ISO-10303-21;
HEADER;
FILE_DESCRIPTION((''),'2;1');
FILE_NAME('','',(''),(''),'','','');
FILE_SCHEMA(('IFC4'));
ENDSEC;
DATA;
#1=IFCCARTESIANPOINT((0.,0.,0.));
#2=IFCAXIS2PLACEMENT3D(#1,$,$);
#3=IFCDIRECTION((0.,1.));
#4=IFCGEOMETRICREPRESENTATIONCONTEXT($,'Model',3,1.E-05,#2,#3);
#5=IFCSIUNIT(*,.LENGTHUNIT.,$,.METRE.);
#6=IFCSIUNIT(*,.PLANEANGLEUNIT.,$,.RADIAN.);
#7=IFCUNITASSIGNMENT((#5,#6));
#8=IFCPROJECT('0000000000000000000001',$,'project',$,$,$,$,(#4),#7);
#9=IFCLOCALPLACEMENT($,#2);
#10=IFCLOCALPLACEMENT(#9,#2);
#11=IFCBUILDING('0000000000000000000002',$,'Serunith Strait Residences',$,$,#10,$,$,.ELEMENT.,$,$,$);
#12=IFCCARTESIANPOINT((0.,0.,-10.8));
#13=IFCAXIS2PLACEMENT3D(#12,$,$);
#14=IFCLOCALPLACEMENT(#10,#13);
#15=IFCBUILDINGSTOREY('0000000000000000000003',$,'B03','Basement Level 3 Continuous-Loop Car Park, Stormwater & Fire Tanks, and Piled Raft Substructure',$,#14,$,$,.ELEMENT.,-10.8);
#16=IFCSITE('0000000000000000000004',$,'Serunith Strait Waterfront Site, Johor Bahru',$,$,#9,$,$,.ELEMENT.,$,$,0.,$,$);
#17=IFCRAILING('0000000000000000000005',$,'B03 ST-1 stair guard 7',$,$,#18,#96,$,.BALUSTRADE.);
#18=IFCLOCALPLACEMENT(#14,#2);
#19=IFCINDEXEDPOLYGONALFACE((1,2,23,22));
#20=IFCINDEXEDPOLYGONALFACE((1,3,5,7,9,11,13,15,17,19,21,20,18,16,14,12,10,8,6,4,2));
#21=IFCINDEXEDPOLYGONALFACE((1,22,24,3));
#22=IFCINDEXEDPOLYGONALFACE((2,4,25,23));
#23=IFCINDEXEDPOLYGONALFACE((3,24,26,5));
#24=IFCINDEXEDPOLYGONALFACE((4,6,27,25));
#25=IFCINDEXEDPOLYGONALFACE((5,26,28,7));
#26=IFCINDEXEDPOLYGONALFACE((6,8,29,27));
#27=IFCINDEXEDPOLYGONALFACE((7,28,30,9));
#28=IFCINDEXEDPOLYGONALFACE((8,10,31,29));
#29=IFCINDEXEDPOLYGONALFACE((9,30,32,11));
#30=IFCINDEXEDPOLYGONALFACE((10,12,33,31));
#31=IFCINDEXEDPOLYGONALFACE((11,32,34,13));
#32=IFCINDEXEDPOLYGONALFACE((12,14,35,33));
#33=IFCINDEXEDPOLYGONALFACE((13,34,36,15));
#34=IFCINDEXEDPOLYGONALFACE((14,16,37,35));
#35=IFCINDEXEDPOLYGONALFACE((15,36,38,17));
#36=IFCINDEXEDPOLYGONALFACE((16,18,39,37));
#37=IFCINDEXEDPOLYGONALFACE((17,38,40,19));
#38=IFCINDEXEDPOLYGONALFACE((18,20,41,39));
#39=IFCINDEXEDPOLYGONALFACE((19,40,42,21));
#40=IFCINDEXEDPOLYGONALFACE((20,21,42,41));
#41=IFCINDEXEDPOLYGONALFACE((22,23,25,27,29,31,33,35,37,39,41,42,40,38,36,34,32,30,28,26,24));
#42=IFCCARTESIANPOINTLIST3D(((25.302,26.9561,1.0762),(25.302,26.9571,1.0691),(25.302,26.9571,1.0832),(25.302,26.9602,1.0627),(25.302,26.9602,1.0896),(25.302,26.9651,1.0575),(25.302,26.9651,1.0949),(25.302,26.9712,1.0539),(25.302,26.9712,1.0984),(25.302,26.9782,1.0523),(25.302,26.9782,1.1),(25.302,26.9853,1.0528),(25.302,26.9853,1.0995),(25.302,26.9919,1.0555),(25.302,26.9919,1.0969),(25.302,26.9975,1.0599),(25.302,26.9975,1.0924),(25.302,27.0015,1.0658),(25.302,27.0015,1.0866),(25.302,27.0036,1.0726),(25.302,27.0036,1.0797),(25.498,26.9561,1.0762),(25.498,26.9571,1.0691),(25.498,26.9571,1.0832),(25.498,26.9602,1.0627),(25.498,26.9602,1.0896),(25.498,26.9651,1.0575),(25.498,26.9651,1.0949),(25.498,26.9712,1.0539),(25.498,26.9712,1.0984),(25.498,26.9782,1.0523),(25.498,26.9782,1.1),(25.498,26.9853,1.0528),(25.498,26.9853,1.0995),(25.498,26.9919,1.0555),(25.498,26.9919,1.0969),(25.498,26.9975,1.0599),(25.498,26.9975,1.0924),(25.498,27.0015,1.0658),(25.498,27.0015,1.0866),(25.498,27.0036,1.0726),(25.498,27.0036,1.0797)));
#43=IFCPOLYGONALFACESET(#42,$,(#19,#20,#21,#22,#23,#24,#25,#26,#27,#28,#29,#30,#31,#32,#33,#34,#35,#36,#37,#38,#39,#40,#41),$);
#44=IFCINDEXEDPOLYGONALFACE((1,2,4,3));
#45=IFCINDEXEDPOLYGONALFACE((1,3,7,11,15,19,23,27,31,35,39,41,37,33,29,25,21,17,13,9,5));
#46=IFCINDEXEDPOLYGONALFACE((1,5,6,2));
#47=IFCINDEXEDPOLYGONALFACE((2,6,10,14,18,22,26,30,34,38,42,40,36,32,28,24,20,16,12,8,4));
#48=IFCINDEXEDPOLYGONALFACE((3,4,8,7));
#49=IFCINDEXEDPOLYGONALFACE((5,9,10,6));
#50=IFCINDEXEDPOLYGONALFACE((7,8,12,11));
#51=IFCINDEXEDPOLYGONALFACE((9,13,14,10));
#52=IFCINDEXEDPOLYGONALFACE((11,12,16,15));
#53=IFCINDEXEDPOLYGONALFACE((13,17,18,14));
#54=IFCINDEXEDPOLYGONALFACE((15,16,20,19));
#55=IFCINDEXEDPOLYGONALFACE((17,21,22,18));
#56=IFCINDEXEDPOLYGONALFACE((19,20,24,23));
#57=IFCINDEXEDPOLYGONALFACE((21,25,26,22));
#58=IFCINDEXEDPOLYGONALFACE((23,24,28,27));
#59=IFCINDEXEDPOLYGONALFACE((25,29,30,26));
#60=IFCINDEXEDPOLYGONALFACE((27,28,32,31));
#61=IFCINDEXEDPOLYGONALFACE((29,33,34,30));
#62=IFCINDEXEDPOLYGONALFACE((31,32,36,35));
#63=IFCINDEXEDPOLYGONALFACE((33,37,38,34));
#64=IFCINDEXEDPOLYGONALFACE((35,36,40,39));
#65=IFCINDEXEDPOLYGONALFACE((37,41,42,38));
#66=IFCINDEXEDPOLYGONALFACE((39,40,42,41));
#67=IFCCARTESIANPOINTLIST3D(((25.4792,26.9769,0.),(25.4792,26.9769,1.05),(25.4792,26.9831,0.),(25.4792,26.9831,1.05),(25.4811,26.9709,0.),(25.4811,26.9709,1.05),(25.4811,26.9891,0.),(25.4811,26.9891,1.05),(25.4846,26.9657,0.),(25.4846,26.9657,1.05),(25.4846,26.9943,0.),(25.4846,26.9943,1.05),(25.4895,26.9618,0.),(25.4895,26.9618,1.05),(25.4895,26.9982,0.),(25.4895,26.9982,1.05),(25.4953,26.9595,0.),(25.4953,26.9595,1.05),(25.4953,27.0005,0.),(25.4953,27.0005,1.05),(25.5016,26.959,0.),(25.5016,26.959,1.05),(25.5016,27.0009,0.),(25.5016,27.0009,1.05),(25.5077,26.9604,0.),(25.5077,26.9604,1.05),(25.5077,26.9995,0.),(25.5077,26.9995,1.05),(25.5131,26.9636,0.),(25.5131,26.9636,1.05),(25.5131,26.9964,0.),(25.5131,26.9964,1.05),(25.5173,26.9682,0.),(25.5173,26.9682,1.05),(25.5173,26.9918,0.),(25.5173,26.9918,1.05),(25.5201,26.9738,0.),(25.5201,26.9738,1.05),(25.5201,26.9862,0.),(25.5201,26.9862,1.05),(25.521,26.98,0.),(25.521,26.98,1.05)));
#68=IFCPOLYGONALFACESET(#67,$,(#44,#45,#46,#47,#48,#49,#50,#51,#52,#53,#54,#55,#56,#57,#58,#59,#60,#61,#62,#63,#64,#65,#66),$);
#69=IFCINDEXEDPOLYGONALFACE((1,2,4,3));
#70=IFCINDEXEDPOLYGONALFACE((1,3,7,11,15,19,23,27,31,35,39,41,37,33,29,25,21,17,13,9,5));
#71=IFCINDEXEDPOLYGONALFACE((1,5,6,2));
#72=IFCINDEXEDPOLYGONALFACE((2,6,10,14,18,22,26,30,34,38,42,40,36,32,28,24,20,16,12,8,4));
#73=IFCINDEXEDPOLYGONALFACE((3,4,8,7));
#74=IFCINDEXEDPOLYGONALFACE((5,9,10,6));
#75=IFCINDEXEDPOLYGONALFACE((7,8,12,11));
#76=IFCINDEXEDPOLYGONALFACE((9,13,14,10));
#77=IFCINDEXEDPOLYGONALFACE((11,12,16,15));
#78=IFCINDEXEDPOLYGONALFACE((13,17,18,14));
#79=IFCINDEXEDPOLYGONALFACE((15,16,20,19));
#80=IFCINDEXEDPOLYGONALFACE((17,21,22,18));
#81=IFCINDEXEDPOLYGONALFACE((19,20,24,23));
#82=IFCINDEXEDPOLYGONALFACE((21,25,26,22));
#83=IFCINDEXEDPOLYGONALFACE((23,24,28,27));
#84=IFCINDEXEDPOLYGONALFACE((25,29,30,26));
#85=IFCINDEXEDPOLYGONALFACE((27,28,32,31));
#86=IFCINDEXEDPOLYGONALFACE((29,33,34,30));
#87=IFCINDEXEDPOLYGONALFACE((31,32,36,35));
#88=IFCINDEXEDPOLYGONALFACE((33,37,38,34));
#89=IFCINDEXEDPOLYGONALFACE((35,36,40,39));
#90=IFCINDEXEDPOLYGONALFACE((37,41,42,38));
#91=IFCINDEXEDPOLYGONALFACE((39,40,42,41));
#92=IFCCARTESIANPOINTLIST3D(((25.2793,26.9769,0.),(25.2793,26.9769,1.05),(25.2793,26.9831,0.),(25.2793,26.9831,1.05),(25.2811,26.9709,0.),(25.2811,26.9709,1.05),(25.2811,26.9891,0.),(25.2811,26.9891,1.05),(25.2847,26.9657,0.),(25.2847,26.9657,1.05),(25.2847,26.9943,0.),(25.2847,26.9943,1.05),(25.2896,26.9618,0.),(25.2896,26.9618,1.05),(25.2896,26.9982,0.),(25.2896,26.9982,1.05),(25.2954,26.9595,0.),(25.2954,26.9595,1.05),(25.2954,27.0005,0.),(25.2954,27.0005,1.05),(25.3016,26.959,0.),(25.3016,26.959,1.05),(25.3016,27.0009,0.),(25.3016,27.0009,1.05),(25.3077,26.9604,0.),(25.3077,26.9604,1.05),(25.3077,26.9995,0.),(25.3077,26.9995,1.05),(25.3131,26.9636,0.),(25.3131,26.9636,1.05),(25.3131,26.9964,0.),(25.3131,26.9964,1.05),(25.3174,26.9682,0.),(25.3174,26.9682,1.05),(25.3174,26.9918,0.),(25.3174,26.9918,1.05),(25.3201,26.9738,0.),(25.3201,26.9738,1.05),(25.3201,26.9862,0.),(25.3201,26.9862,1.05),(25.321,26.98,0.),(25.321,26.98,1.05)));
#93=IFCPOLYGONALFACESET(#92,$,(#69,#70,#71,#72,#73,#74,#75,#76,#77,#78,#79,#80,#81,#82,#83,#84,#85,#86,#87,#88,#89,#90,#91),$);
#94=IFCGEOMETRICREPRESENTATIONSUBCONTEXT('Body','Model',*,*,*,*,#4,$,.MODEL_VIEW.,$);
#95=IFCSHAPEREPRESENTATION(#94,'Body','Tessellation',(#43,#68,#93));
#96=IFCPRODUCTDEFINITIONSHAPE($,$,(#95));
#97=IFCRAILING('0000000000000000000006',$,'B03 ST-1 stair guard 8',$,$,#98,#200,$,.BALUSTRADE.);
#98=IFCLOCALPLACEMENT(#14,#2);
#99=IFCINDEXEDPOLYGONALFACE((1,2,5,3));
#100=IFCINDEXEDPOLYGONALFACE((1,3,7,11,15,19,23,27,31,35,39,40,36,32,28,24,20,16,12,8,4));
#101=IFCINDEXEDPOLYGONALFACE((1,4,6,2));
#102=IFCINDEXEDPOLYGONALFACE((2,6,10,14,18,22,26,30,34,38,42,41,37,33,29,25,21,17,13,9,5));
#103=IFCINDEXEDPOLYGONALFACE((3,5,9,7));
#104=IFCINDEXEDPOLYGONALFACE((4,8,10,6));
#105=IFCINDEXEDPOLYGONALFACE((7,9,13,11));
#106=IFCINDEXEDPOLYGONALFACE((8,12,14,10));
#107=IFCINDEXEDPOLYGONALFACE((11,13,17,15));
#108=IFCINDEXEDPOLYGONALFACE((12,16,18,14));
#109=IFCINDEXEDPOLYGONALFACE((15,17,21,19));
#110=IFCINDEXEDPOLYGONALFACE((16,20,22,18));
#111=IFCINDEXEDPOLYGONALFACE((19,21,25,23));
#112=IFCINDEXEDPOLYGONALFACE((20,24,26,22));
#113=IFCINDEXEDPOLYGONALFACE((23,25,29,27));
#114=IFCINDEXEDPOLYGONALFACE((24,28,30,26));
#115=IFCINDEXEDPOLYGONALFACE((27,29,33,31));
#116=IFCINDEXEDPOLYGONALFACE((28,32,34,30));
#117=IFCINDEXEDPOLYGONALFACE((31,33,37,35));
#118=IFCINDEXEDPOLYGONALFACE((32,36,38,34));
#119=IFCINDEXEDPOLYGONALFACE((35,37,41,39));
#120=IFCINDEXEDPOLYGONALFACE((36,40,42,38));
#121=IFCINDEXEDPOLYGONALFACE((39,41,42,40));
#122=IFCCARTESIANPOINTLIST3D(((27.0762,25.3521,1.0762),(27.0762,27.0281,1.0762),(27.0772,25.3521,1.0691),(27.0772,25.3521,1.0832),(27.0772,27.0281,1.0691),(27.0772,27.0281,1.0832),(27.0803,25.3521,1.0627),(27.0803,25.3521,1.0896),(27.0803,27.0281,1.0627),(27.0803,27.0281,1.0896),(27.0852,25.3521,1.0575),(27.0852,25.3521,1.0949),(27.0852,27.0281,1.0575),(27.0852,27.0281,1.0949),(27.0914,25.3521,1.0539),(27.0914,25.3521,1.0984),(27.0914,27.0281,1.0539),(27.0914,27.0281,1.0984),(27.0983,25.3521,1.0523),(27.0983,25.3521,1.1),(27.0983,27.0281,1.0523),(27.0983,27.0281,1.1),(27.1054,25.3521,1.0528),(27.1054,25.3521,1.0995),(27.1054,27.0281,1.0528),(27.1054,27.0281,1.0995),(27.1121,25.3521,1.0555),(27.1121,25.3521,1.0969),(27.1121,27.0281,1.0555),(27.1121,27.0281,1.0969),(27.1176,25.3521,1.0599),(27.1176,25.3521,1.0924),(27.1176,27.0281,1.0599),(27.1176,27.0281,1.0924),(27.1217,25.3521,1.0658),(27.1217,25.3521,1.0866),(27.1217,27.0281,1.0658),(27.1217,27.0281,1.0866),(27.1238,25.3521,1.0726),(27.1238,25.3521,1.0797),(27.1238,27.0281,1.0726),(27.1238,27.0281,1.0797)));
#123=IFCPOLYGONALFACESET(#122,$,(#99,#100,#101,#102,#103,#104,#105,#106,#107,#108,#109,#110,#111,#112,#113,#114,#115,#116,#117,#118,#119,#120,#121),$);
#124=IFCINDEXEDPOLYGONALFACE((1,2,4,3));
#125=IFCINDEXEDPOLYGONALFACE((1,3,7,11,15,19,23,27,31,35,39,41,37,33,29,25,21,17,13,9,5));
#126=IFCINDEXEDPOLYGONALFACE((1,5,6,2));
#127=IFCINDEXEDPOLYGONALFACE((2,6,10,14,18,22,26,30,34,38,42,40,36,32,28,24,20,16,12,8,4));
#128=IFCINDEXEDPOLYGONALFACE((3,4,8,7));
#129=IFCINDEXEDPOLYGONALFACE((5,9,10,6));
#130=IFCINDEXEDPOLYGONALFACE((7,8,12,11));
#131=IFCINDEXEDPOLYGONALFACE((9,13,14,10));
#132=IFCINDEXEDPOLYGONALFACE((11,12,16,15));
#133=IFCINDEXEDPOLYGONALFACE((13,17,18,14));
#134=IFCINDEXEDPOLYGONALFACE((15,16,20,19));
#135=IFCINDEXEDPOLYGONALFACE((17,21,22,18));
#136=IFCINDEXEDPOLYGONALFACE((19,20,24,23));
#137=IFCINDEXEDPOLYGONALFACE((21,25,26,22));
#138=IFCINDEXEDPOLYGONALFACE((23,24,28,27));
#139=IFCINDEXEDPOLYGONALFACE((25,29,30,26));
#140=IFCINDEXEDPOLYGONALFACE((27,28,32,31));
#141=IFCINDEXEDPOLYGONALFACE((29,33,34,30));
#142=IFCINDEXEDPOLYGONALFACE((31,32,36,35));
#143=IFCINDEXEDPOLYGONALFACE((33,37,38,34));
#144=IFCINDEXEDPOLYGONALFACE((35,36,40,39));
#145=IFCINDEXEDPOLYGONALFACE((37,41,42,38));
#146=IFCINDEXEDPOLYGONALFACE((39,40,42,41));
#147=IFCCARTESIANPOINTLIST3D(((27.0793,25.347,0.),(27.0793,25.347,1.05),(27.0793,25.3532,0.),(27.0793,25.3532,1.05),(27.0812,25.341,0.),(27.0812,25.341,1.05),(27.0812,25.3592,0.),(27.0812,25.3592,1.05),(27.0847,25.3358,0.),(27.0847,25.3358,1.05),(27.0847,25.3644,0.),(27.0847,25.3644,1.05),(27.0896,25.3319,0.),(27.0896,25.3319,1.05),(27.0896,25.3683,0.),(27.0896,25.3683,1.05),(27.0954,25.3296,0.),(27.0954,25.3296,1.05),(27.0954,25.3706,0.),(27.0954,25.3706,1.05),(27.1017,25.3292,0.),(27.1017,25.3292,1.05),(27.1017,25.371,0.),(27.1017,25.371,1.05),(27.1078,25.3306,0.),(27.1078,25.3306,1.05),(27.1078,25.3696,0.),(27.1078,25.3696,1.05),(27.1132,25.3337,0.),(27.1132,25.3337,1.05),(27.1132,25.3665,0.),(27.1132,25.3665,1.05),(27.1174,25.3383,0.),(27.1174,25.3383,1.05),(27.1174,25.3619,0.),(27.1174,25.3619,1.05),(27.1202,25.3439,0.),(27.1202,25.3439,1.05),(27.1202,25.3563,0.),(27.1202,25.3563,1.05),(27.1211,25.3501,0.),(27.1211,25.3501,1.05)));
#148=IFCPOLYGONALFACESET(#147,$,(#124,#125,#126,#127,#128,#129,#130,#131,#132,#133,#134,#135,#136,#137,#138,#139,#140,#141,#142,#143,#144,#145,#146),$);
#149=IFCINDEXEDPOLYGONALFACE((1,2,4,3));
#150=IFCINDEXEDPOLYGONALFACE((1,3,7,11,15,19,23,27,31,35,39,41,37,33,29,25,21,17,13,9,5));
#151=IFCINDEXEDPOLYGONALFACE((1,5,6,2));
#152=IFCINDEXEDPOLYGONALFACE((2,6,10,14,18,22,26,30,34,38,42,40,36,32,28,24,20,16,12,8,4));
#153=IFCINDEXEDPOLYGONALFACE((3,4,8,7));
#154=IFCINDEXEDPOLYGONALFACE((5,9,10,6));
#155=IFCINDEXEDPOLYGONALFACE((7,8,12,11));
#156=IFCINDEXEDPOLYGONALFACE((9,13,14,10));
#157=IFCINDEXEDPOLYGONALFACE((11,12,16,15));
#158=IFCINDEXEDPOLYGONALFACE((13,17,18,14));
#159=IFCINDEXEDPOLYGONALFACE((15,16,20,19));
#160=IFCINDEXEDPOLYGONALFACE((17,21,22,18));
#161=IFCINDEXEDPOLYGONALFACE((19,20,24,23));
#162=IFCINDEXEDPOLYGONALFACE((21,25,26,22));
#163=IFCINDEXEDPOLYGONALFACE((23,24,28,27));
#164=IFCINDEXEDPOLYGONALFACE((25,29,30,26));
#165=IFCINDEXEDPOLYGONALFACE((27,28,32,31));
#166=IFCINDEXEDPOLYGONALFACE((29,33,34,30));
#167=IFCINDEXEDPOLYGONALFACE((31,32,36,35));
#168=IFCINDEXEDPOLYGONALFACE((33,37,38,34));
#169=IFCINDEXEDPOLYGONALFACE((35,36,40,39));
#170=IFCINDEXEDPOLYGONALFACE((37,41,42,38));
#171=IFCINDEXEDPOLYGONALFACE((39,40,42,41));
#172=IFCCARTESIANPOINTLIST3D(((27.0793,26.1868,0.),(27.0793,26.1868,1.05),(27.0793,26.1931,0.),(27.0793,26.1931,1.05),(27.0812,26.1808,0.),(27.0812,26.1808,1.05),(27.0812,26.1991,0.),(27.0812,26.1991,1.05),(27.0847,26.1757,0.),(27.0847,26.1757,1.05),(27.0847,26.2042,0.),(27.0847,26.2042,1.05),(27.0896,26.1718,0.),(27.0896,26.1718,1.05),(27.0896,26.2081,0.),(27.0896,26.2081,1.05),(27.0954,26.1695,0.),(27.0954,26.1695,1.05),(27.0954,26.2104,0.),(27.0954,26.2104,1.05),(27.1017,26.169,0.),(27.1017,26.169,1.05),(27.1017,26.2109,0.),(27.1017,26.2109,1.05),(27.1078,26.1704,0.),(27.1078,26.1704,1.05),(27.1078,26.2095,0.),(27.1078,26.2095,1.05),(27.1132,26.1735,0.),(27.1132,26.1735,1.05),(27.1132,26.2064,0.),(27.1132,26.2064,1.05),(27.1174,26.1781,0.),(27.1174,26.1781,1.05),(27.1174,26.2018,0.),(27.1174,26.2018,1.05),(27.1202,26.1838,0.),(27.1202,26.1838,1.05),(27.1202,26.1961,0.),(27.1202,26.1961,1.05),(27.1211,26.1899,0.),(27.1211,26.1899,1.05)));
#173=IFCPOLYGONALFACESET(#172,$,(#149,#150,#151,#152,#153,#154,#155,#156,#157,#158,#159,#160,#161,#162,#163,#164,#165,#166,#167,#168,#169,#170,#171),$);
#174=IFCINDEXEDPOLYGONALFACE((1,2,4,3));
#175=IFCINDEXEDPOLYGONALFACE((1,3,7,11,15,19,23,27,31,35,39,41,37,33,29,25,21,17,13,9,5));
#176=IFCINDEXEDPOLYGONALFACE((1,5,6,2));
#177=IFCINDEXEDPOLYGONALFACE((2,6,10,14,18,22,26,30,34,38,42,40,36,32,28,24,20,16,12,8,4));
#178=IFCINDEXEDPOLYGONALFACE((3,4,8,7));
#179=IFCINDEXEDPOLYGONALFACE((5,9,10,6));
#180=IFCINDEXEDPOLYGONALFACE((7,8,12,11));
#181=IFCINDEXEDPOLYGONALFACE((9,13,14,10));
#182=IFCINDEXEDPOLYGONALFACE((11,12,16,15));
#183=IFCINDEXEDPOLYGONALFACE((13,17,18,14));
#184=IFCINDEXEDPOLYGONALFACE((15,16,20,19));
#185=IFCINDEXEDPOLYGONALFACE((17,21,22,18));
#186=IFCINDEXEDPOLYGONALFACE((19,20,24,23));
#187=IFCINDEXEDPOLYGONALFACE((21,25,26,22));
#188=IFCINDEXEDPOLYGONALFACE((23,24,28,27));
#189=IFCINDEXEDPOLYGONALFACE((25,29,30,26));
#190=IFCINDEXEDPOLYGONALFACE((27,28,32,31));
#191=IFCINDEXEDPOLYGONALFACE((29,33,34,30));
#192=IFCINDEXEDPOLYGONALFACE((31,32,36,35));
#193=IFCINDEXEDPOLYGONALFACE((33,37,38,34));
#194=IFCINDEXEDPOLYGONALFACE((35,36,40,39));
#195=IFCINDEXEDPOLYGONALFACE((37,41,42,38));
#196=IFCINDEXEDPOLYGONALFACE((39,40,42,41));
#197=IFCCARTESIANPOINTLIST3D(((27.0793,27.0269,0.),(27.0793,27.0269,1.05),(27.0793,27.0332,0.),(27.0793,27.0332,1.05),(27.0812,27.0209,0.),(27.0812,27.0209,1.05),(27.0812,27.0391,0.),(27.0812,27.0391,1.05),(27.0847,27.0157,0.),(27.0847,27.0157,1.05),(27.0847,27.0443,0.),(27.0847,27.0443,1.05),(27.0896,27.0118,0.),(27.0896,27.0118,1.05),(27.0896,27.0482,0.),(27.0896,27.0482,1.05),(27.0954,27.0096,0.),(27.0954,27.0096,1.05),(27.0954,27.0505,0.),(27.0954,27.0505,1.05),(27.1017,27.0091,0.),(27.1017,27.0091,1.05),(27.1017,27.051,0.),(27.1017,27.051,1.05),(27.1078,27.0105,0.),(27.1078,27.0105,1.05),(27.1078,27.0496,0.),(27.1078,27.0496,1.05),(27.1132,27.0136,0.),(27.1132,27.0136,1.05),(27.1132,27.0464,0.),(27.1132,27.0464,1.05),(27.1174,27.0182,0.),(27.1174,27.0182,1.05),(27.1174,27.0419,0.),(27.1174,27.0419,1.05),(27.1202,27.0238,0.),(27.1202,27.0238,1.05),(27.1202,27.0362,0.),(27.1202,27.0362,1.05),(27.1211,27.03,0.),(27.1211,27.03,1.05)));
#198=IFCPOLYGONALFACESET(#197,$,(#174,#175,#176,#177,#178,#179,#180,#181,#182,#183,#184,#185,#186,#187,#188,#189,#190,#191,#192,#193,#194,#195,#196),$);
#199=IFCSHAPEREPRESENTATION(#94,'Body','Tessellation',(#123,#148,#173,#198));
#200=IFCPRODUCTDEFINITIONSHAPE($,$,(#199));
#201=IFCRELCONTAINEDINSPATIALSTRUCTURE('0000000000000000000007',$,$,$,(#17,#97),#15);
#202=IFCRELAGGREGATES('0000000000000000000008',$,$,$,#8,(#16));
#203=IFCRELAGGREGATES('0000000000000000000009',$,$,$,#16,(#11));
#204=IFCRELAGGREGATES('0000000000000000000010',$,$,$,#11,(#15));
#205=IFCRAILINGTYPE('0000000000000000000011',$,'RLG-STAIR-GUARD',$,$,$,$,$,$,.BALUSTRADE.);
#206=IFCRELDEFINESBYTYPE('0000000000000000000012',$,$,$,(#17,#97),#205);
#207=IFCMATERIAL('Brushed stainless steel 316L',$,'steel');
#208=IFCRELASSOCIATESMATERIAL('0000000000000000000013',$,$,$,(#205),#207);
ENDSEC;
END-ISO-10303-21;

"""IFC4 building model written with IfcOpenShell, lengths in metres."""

from ifc_helpers import new_model, si_unit, direction, frame, origin, origin_2d, place, context, subcontext, project, spatial, circle, extrude, material, type_object, element, save


model = new_model("IFC4")

# Units and contexts
model_context = context("Model", 3, precision=1e-05, world=origin(), true_north=direction((0.0, 1.0)))
body_context = subcontext(model_context, "Body", "Model", "MODEL_VIEW")
ifc_project = project(units=[si_unit("LENGTHUNIT", "METRE"), si_unit("PLANEANGLEUNIT", "RADIAN")], contexts=[model_context])

# Site, building, storey
site_placement = place(None, origin())
site = spatial("IfcSite", under=ifc_project, at=site_placement, Name="Serunith Strait Waterfront Site, Johor Bahru", CompositionType="ELEMENT", RefElevation=0.0)
building_placement = place(site_placement, origin())
building = spatial("IfcBuilding", under=site, at=building_placement, Name="Serunith Strait Residences", CompositionType="ELEMENT")
storey_placement = place(building_placement, frame((0.0, 0.0, -10.8)))
storey = spatial("IfcBuildingStorey", under=building, at=storey_placement, Name="B03", Description="Basement Level 3 Continuous-Loop Car Park, Stormwater & Fire Tanks, and Piled Raft Substructure", CompositionType="ELEMENT", Elevation=-10.8)

# Railings
ifc_material_1 = material(Name="Brushed stainless steel 316L", Category="steel")
railing_type_1 = type_object("IfcRailingType", Name="RLG-STAIR-GUARD", PredefinedType="BALUSTRADE", material=ifc_material_1)
railing_1_placement = place(storey_placement, frame((25.5, 26.98, 0.0)))
element("IfcRailing", 1, at=railing_1_placement, inside=storey, type_object=railing_type_1, Name="B03 ST-1 stair guard 7", PredefinedType="BALUSTRADE", context=body_context, shape_type="SweptSolid", body=[
    extrude(circle(Radius=0.0239, at=origin_2d()), frame((-0.002, 0.0, 1.0762), z_axis=(-1.0, 0.0, 0.0), x_axis=(0.0, -1.0, 0.0)), (0.0, 0.0, 1.0), 0.196),
    extrude(circle(Radius=0.021, at=origin_2d()), origin(), (0.0, 0.0, 1.0), 1.05),
    extrude(circle(Radius=0.021, at=origin_2d()), frame((-0.2, 0.0, 0.0)), (0.0, 0.0, 1.0), 1.05),
])
for number, where, name in (
    (2, (27.1001, 25.3501, 0.0), "B03 ST-1 stair guard 8"),
):
    element("IfcRailing", number, at=place(storey_placement, frame(where)), inside=storey, type_object=railing_type_1, Name=name, PredefinedType="BALUSTRADE", context=body_context, shape_type="SweptSolid", body=[
        extrude(circle(Radius=0.0239, at=origin_2d()), frame((0.0, 0.002, 1.0762), z_axis=(0.0, 1.0, 0.0), x_axis=(-1.0, 0.0, 0.0)), (0.0, 0.0, 1.0), 1.676),
        extrude(circle(Radius=0.021, at=origin_2d()), origin(), (0.0, 0.0, 1.0), 1.05),
        extrude(circle(Radius=0.021, at=origin_2d()), frame((0.0, 0.8398, 0.0)), (0.0, 0.0, 1.0), 1.05),
        extrude(circle(Radius=0.021, at=origin_2d()), frame((0.0, 1.6799, 0.0)), (0.0, 0.0, 1.0), 1.05),
    ])

save(model, "model.ifc")
